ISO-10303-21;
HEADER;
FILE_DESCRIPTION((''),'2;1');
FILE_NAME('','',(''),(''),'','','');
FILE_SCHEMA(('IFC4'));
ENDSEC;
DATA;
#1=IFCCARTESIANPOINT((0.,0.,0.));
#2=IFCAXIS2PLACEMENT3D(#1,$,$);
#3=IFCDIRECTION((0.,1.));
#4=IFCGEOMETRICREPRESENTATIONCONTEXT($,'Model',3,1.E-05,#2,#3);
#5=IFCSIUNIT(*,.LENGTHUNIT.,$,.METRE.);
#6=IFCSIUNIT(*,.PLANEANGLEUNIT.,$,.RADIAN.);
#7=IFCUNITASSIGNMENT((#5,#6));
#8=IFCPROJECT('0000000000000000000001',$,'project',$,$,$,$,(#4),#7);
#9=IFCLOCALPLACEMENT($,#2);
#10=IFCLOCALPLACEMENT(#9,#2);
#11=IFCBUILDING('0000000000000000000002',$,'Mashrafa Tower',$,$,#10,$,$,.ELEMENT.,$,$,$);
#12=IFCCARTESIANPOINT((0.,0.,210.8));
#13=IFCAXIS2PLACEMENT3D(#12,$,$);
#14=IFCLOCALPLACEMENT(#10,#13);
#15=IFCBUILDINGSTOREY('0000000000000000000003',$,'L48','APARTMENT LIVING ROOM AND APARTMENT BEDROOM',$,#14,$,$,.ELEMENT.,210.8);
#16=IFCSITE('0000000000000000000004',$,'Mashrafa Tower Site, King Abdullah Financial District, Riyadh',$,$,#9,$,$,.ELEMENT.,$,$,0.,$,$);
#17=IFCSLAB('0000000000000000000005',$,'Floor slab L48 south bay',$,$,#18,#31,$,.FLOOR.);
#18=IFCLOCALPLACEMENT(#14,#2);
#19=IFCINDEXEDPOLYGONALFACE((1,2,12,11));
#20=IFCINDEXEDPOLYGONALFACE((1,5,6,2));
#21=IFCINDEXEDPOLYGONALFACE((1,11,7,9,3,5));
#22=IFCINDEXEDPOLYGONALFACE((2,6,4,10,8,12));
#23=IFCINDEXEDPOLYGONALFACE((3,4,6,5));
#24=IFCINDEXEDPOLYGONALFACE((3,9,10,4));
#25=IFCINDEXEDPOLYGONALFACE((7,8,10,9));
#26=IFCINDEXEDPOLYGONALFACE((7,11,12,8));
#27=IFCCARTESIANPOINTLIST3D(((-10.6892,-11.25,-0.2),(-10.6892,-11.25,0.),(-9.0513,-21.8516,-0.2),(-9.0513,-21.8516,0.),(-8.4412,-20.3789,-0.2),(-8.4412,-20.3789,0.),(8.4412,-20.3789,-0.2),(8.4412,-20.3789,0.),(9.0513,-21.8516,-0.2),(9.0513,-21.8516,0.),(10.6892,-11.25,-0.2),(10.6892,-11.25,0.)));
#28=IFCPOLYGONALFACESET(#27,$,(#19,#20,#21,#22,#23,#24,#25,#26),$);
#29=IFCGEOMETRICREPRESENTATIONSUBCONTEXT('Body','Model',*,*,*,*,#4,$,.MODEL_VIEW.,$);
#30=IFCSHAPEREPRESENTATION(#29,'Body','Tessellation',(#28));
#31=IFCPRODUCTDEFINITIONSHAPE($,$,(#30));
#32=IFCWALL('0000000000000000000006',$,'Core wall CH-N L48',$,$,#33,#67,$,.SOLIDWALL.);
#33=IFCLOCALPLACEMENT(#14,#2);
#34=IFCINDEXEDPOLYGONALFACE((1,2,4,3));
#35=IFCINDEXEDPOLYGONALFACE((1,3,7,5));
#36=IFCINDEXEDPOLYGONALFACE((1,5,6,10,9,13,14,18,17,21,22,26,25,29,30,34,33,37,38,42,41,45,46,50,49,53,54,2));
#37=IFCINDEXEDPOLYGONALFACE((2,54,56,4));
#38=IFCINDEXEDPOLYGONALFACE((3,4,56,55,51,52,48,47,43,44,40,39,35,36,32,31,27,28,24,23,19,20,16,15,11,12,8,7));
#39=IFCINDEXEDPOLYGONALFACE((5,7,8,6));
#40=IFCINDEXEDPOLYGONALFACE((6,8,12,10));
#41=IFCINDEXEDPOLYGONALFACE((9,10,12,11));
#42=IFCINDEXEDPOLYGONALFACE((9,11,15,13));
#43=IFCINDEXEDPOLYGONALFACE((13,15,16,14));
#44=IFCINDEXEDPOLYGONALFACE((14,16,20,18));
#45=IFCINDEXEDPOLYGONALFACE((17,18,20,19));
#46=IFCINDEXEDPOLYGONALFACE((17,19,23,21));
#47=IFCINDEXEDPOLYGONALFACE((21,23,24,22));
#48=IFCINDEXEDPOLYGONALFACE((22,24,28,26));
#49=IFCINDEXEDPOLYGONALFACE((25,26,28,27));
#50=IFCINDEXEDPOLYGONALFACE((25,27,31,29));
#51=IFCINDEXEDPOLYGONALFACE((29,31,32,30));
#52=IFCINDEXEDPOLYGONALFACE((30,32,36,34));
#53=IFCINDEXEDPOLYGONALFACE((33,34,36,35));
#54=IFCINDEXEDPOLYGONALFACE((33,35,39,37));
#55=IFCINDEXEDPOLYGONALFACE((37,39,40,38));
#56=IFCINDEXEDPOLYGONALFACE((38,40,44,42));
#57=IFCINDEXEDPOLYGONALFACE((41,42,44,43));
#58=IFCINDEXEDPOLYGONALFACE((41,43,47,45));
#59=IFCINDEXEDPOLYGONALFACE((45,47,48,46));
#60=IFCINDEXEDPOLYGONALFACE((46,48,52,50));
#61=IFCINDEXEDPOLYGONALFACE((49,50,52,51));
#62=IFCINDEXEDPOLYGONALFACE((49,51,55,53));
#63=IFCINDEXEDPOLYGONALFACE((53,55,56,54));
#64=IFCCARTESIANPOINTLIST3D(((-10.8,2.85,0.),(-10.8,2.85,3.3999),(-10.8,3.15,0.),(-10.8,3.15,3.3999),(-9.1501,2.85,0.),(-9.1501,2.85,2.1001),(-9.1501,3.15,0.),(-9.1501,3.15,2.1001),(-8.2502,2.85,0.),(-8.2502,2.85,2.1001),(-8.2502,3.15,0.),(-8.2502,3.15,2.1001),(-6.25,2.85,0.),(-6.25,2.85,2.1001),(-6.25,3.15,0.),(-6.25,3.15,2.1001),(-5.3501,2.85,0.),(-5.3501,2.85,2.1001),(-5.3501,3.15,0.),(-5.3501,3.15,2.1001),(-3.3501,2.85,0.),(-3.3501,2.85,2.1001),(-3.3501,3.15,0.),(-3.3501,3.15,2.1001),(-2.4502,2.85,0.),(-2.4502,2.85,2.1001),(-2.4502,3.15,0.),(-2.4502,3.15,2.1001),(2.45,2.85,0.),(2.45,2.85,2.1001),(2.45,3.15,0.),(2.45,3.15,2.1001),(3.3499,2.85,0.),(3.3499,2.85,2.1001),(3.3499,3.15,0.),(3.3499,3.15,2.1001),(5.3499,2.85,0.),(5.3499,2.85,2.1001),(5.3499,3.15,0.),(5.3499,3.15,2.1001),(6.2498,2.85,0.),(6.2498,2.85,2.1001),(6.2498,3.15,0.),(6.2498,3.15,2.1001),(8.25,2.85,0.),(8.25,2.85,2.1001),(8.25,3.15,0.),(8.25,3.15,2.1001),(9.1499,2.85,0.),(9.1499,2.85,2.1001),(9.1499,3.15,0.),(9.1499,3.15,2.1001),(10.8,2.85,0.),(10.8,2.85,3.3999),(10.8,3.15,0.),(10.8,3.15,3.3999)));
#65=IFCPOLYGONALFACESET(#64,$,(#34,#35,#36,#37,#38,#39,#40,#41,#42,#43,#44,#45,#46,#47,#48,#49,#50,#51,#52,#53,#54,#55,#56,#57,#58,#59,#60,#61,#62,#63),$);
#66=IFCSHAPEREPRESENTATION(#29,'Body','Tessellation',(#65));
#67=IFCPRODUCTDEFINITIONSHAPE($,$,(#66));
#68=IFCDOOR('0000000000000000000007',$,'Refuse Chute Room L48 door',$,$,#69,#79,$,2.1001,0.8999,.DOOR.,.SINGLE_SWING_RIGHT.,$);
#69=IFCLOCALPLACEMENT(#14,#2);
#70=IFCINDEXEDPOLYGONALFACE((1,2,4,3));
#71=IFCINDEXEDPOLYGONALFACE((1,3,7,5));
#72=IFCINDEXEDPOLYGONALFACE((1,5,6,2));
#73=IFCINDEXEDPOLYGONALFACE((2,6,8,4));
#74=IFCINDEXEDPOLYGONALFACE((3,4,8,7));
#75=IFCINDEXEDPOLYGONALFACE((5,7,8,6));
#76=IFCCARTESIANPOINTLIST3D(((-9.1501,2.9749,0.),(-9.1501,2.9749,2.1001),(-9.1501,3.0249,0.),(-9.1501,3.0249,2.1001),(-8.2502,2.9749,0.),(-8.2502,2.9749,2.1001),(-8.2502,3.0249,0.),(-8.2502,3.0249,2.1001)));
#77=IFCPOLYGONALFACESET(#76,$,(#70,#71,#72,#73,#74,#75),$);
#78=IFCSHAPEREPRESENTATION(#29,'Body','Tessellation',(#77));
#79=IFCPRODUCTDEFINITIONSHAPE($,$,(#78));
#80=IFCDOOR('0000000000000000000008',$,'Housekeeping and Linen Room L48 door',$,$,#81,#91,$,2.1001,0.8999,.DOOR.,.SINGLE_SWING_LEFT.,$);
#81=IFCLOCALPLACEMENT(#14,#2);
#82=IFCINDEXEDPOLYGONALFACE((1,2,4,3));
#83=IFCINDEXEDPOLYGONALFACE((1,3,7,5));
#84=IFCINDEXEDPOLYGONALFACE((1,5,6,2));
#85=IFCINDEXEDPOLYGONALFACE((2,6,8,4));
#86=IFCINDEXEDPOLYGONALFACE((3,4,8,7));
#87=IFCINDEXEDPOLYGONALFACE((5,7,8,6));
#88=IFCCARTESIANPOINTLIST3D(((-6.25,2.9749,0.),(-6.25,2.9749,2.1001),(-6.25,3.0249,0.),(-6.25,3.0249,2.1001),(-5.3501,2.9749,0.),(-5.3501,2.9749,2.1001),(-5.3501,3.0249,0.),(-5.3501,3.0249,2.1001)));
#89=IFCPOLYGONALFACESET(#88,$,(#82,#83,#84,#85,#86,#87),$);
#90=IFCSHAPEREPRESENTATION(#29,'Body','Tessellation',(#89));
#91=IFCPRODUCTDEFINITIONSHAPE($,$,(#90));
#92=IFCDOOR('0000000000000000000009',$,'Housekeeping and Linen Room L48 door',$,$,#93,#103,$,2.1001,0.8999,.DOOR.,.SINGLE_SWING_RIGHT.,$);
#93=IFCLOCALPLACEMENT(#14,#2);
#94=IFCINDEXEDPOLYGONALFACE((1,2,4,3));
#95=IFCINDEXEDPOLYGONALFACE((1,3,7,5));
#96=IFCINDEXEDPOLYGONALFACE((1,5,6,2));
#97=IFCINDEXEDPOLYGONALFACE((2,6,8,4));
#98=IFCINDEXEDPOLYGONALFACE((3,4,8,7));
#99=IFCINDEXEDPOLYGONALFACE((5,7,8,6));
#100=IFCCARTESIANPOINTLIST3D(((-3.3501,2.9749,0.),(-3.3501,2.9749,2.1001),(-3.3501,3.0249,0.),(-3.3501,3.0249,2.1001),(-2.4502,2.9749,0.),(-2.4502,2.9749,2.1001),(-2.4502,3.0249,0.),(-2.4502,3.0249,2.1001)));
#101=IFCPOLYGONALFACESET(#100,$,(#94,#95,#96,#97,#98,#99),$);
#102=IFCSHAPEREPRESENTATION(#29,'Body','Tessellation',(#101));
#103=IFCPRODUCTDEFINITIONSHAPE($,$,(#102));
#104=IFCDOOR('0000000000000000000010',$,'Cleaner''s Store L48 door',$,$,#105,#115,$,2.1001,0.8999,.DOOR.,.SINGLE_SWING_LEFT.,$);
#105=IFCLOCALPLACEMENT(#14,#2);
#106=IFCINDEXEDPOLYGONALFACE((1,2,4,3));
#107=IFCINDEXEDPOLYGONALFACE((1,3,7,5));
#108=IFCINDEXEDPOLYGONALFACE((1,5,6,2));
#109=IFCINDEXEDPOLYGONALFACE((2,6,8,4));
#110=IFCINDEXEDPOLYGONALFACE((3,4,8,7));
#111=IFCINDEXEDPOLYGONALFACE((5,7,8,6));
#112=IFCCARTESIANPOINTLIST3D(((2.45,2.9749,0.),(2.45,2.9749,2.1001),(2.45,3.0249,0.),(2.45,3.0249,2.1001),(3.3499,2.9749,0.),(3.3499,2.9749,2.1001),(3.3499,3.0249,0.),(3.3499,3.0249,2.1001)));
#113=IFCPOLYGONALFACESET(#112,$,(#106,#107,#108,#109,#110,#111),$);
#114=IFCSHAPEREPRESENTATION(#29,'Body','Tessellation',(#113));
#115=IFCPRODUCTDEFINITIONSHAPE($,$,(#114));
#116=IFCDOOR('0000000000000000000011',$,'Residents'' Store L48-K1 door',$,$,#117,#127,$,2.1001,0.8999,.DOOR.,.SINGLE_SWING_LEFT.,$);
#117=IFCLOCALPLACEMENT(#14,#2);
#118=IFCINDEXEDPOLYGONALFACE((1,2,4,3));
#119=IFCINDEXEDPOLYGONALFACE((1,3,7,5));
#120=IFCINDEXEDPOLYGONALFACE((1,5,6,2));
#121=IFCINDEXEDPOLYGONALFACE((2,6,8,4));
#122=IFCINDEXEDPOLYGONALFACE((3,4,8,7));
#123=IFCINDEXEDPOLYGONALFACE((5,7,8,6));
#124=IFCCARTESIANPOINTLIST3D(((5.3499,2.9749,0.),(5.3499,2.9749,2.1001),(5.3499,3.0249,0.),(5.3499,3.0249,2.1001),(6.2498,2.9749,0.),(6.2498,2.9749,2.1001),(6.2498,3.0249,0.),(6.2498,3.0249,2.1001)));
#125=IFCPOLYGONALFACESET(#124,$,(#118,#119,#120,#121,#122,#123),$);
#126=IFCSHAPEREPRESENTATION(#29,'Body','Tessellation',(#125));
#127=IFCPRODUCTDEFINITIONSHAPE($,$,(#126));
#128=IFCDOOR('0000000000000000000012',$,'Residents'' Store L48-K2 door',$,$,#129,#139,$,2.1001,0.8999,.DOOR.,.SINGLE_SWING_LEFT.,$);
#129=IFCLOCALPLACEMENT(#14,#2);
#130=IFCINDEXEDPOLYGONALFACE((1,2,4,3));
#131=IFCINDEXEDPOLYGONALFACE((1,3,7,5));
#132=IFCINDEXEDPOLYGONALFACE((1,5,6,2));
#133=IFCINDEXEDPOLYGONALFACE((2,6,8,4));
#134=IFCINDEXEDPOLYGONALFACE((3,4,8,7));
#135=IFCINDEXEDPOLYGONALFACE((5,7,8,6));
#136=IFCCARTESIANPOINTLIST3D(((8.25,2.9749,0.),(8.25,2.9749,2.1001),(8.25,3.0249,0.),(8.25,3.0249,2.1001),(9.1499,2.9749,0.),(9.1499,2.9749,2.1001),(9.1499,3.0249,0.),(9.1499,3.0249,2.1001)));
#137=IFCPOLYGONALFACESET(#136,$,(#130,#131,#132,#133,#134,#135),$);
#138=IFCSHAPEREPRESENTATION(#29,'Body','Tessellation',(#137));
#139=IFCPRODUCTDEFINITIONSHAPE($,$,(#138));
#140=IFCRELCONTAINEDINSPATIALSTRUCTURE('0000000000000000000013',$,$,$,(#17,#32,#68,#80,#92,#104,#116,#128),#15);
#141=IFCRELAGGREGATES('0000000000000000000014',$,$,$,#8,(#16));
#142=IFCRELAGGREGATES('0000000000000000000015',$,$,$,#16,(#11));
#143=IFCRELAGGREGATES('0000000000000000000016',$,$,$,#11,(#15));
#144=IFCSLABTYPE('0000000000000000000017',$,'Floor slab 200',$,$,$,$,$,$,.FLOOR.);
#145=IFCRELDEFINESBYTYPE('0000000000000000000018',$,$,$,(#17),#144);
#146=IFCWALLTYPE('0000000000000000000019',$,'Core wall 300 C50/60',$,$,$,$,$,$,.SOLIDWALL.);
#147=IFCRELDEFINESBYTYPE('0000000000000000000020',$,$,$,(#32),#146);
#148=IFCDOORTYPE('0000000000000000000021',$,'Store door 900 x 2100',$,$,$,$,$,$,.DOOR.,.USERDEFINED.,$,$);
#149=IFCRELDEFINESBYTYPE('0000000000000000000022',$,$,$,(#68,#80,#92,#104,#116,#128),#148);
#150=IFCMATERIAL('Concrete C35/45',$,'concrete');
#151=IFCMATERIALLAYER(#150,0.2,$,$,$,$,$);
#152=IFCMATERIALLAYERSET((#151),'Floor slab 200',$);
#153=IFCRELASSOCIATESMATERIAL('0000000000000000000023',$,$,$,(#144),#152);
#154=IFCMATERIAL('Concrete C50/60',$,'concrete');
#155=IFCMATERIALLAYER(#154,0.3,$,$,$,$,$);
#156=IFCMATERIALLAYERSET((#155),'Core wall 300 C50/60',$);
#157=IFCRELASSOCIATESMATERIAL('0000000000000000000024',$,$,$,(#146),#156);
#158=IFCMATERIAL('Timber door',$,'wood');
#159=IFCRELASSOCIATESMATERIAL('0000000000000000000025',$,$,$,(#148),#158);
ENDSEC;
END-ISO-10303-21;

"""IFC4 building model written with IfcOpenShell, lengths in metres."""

from ifc_helpers import new_model, si_unit, direction, frame, frame_2d, origin, place, context, subcontext, project, spatial, polyline, rectangle, outline, extrude, material, layer, layer_set, type_object, element, fill, save


model = new_model("IFC4")

# Units and contexts
model_context = context("Model", 3, precision=1e-05, world=origin(), true_north=direction((0.0, 1.0)))
body_context = subcontext(model_context, "Body", "Model", "MODEL_VIEW")
ifc_project = project(units=[si_unit("LENGTHUNIT", "METRE"), si_unit("PLANEANGLEUNIT", "RADIAN")], contexts=[model_context])

# Site, building, storey
site_placement = place(None, origin())
site = spatial("IfcSite", under=ifc_project, at=site_placement, Name="Mashrafa Tower Site, King Abdullah Financial District, Riyadh", CompositionType="ELEMENT", RefElevation=0.0)
building_placement = place(site_placement, origin())
building = spatial("IfcBuilding", under=site, at=building_placement, Name="Mashrafa Tower", CompositionType="ELEMENT")
storey_placement = place(building_placement, frame((0.0, 0.0, 210.8)))
storey = spatial("IfcBuildingStorey", under=building, at=storey_placement, Name="L48", Description="APARTMENT LIVING ROOM AND APARTMENT BEDROOM", CompositionType="ELEMENT", Elevation=210.8)

# Slab
ifc_material_1 = material(Name="Concrete C35/45", Category="concrete")
ifc_layer_1 = layer(ifc_material_1, 0.2)
ifc_layer_set_1 = layer_set([ifc_layer_1], Name="Floor slab 200")
slab_type = type_object("IfcSlabType", Name="Floor slab 200", PredefinedType="FLOOR", material=ifc_layer_set_1)
slab_1_placement = place(storey_placement, frame((0.0, 0.0, -0.2)))
element("IfcSlab", 1, at=slab_1_placement, inside=storey, type_object=slab_type, Name="Floor slab L48 south bay", PredefinedType="FLOOR", context=body_context, shape_type="SweptSolid", body=[
    extrude(outline(polyline([(-9.0513, -21.8516), (-8.4412, -20.3789), (-10.6892, -11.25), (10.6892, -11.25), (8.4412, -20.3789), (9.0513, -21.8516), (-9.0513, -21.8516)])), origin(), (0.0, 0.0, 1.0), 0.2),
])

# Wall, openings, doors
ifc_material_2 = material(Name="Concrete C50/60", Category="concrete")
ifc_layer_2 = layer(ifc_material_2, 0.3)
ifc_layer_set_2 = layer_set([ifc_layer_2], Name="Core wall 300 C50/60")
wall_type_1 = type_object("IfcWallType", Name="Core wall 300 C50/60", PredefinedType="SOLIDWALL", material=ifc_layer_set_2)
wall_1_placement = place(storey_placement, frame((-10.8, 3.0, 0.0), z_axis=(0.0, 0.0, 1.0), x_axis=(1.0, 0.0, 0.0)))
wall_1 = element("IfcWall", 2, at=wall_1_placement, inside=storey, type_object=wall_type_1, Name="Core wall CH-N L48", PredefinedType="SOLIDWALL", context=body_context, shape_type="SweptSolid", body=[
    extrude(rectangle(XDim=21.6001, YDim=0.3, at=frame_2d((10.8, 0.0))), origin(), (0.0, 0.0, 1.0), 3.3999),
])
opening_1_placement = place(wall_1_placement, frame((1.6499, 0.0, 0.0)))
opening_1 = element("IfcOpeningElement", 3, at=opening_1_placement, cuts=wall_1, PredefinedType="OPENING", context=body_context, shape_type="SweptSolid", body=[
    extrude(rectangle(XDim=0.8999, YDim=2.1001, at=frame_2d((0.45, 1.05))), frame((0.0, 0.1599, 0.0), z_axis=(0.0, -1.0, 0.0), x_axis=(1.0, 0.0, 0.0)), (0.0, 0.0, 1.0), 0.3201),
])
opening_2_placement = place(wall_1_placement, frame((4.55, 0.0, 0.0)))
opening_2 = element("IfcOpeningElement", 4, at=opening_2_placement, cuts=wall_1, PredefinedType="OPENING", context=body_context, shape_type="SweptSolid", body=[
    extrude(rectangle(XDim=0.8999, YDim=2.1001, at=frame_2d((0.45, 1.05))), frame((0.0, 0.1599, 0.0), z_axis=(0.0, -1.0, 0.0), x_axis=(1.0, 0.0, 0.0)), (0.0, 0.0, 1.0), 0.3201),
])
opening_3_placement = place(wall_1_placement, frame((7.45, 0.0, 0.0)))
opening_3 = element("IfcOpeningElement", 5, at=opening_3_placement, cuts=wall_1, PredefinedType="OPENING", context=body_context, shape_type="SweptSolid", body=[
    extrude(rectangle(XDim=0.8999, YDim=2.1001, at=frame_2d((0.45, 1.05))), frame((0.0, 0.1599, 0.0), z_axis=(0.0, -1.0, 0.0), x_axis=(1.0, 0.0, 0.0)), (0.0, 0.0, 1.0), 0.3201),
])
opening_4_placement = place(wall_1_placement, frame((13.25, 0.0, 0.0)))
opening_4 = element("IfcOpeningElement", 6, at=opening_4_placement, cuts=wall_1, PredefinedType="OPENING", context=body_context, shape_type="SweptSolid", body=[
    extrude(rectangle(XDim=0.8999, YDim=2.1001, at=frame_2d((0.45, 1.05))), frame((0.0, 0.1599, 0.0), z_axis=(0.0, -1.0, 0.0), x_axis=(1.0, 0.0, 0.0)), (0.0, 0.0, 1.0), 0.3201),
])
opening_5_placement = place(wall_1_placement, frame((16.1499, 0.0, 0.0)))
opening_5 = element("IfcOpeningElement", 7, at=opening_5_placement, cuts=wall_1, PredefinedType="OPENING", context=body_context, shape_type="SweptSolid", body=[
    extrude(rectangle(XDim=0.8999, YDim=2.1001, at=frame_2d((0.45, 1.05))), frame((0.0, 0.1599, 0.0), z_axis=(0.0, -1.0, 0.0), x_axis=(1.0, 0.0, 0.0)), (0.0, 0.0, 1.0), 0.3201),
])
opening_6_placement = place(wall_1_placement, frame((19.05, 0.0, 0.0)))
opening_6 = element("IfcOpeningElement", 8, at=opening_6_placement, cuts=wall_1, PredefinedType="OPENING", context=body_context, shape_type="SweptSolid", body=[
    extrude(rectangle(XDim=0.8999, YDim=2.1001, at=frame_2d((0.45, 1.05))), frame((0.0, 0.1599, 0.0), z_axis=(0.0, -1.0, 0.0), x_axis=(1.0, 0.0, 0.0)), (0.0, 0.0, 1.0), 0.3201),
])
ifc_material_3 = material(Name="Timber door", Category="wood")
door_type_1 = type_object("IfcDoorType", Name="Store door 900 x 2100", OperationType="USERDEFINED", PredefinedType="DOOR", material=ifc_material_3)
door_1_placement = place(opening_1_placement, origin())
door_1 = element("IfcDoor", 9, at=door_1_placement, inside=storey, type_object=door_type_1, Name="Refuse Chute Room L48 door", OperationType="SINGLE_SWING_RIGHT", OverallHeight=2.1001, OverallWidth=0.8999, PredefinedType="DOOR", context=body_context, shape_type="SweptSolid", body=[
    extrude(rectangle(XDim=0.8999, YDim=2.1001, at=frame_2d((0.45, 1.05))), frame((0.0, 0.0249, 0.0), z_axis=(0.0, -1.0, 0.0), x_axis=(1.0, 0.0, 0.0)), (0.0, 0.0, 1.0), 0.05),
])
fill(opening_1, door_1)
door_2_placement = place(opening_2_placement, origin())
door_2 = element("IfcDoor", 10, at=door_2_placement, inside=storey, type_object=door_type_1, Name="Housekeeping and Linen Room L48 door", OperationType="SINGLE_SWING_LEFT", OverallHeight=2.1001, OverallWidth=0.8999, PredefinedType="DOOR", context=body_context, shape_type="SweptSolid", body=[
    extrude(rectangle(XDim=0.8999, YDim=2.1001, at=frame_2d((0.45, 1.05))), frame((0.0, 0.0249, 0.0), z_axis=(0.0, -1.0, 0.0), x_axis=(1.0, 0.0, 0.0)), (0.0, 0.0, 1.0), 0.05),
])
fill(opening_2, door_2)
door_3_placement = place(opening_3_placement, origin())
door_3 = element("IfcDoor", 11, at=door_3_placement, inside=storey, type_object=door_type_1, Name="Housekeeping and Linen Room L48 door", OperationType="SINGLE_SWING_RIGHT", OverallHeight=2.1001, OverallWidth=0.8999, PredefinedType="DOOR", context=body_context, shape_type="SweptSolid", body=[
    extrude(rectangle(XDim=0.8999, YDim=2.1001, at=frame_2d((0.45, 1.05))), frame((0.0, 0.0249, 0.0), z_axis=(0.0, -1.0, 0.0), x_axis=(1.0, 0.0, 0.0)), (0.0, 0.0, 1.0), 0.05),
])
fill(opening_3, door_3)
door_4_placement = place(opening_4_placement, origin())
door_4 = element("IfcDoor", 12, at=door_4_placement, inside=storey, type_object=door_type_1, Name="Cleaner's Store L48 door", OperationType="SINGLE_SWING_LEFT", OverallHeight=2.1001, OverallWidth=0.8999, PredefinedType="DOOR", context=body_context, shape_type="SweptSolid", body=[
    extrude(rectangle(XDim=0.8999, YDim=2.1001, at=frame_2d((0.45, 1.05))), frame((0.0, 0.0249, 0.0), z_axis=(0.0, -1.0, 0.0), x_axis=(1.0, 0.0, 0.0)), (0.0, 0.0, 1.0), 0.05),
])
fill(opening_4, door_4)
door_5_placement = place(opening_5_placement, origin())
door_5 = element("IfcDoor", 13, at=door_5_placement, inside=storey, type_object=door_type_1, Name="Residents' Store L48-K1 door", OperationType="SINGLE_SWING_LEFT", OverallHeight=2.1001, OverallWidth=0.8999, PredefinedType="DOOR", context=body_context, shape_type="SweptSolid", body=[
    extrude(rectangle(XDim=0.8999, YDim=2.1001, at=frame_2d((0.45, 1.05))), frame((0.0, 0.0249, 0.0), z_axis=(0.0, -1.0, 0.0), x_axis=(1.0, 0.0, 0.0)), (0.0, 0.0, 1.0), 0.05),
])
fill(opening_5, door_5)
door_6_placement = place(opening_6_placement, origin())
door_6 = element("IfcDoor", 14, at=door_6_placement, inside=storey, type_object=door_type_1, Name="Residents' Store L48-K2 door", OperationType="SINGLE_SWING_LEFT", OverallHeight=2.1001, OverallWidth=0.8999, PredefinedType="DOOR", context=body_context, shape_type="SweptSolid", body=[
    extrude(rectangle(XDim=0.8999, YDim=2.1001, at=frame_2d((0.45, 1.05))), frame((0.0, 0.0249, 0.0), z_axis=(0.0, -1.0, 0.0), x_axis=(1.0, 0.0, 0.0)), (0.0, 0.0, 1.0), 0.05),
])
fill(opening_6, door_6)

save(model, "model.ifc")
